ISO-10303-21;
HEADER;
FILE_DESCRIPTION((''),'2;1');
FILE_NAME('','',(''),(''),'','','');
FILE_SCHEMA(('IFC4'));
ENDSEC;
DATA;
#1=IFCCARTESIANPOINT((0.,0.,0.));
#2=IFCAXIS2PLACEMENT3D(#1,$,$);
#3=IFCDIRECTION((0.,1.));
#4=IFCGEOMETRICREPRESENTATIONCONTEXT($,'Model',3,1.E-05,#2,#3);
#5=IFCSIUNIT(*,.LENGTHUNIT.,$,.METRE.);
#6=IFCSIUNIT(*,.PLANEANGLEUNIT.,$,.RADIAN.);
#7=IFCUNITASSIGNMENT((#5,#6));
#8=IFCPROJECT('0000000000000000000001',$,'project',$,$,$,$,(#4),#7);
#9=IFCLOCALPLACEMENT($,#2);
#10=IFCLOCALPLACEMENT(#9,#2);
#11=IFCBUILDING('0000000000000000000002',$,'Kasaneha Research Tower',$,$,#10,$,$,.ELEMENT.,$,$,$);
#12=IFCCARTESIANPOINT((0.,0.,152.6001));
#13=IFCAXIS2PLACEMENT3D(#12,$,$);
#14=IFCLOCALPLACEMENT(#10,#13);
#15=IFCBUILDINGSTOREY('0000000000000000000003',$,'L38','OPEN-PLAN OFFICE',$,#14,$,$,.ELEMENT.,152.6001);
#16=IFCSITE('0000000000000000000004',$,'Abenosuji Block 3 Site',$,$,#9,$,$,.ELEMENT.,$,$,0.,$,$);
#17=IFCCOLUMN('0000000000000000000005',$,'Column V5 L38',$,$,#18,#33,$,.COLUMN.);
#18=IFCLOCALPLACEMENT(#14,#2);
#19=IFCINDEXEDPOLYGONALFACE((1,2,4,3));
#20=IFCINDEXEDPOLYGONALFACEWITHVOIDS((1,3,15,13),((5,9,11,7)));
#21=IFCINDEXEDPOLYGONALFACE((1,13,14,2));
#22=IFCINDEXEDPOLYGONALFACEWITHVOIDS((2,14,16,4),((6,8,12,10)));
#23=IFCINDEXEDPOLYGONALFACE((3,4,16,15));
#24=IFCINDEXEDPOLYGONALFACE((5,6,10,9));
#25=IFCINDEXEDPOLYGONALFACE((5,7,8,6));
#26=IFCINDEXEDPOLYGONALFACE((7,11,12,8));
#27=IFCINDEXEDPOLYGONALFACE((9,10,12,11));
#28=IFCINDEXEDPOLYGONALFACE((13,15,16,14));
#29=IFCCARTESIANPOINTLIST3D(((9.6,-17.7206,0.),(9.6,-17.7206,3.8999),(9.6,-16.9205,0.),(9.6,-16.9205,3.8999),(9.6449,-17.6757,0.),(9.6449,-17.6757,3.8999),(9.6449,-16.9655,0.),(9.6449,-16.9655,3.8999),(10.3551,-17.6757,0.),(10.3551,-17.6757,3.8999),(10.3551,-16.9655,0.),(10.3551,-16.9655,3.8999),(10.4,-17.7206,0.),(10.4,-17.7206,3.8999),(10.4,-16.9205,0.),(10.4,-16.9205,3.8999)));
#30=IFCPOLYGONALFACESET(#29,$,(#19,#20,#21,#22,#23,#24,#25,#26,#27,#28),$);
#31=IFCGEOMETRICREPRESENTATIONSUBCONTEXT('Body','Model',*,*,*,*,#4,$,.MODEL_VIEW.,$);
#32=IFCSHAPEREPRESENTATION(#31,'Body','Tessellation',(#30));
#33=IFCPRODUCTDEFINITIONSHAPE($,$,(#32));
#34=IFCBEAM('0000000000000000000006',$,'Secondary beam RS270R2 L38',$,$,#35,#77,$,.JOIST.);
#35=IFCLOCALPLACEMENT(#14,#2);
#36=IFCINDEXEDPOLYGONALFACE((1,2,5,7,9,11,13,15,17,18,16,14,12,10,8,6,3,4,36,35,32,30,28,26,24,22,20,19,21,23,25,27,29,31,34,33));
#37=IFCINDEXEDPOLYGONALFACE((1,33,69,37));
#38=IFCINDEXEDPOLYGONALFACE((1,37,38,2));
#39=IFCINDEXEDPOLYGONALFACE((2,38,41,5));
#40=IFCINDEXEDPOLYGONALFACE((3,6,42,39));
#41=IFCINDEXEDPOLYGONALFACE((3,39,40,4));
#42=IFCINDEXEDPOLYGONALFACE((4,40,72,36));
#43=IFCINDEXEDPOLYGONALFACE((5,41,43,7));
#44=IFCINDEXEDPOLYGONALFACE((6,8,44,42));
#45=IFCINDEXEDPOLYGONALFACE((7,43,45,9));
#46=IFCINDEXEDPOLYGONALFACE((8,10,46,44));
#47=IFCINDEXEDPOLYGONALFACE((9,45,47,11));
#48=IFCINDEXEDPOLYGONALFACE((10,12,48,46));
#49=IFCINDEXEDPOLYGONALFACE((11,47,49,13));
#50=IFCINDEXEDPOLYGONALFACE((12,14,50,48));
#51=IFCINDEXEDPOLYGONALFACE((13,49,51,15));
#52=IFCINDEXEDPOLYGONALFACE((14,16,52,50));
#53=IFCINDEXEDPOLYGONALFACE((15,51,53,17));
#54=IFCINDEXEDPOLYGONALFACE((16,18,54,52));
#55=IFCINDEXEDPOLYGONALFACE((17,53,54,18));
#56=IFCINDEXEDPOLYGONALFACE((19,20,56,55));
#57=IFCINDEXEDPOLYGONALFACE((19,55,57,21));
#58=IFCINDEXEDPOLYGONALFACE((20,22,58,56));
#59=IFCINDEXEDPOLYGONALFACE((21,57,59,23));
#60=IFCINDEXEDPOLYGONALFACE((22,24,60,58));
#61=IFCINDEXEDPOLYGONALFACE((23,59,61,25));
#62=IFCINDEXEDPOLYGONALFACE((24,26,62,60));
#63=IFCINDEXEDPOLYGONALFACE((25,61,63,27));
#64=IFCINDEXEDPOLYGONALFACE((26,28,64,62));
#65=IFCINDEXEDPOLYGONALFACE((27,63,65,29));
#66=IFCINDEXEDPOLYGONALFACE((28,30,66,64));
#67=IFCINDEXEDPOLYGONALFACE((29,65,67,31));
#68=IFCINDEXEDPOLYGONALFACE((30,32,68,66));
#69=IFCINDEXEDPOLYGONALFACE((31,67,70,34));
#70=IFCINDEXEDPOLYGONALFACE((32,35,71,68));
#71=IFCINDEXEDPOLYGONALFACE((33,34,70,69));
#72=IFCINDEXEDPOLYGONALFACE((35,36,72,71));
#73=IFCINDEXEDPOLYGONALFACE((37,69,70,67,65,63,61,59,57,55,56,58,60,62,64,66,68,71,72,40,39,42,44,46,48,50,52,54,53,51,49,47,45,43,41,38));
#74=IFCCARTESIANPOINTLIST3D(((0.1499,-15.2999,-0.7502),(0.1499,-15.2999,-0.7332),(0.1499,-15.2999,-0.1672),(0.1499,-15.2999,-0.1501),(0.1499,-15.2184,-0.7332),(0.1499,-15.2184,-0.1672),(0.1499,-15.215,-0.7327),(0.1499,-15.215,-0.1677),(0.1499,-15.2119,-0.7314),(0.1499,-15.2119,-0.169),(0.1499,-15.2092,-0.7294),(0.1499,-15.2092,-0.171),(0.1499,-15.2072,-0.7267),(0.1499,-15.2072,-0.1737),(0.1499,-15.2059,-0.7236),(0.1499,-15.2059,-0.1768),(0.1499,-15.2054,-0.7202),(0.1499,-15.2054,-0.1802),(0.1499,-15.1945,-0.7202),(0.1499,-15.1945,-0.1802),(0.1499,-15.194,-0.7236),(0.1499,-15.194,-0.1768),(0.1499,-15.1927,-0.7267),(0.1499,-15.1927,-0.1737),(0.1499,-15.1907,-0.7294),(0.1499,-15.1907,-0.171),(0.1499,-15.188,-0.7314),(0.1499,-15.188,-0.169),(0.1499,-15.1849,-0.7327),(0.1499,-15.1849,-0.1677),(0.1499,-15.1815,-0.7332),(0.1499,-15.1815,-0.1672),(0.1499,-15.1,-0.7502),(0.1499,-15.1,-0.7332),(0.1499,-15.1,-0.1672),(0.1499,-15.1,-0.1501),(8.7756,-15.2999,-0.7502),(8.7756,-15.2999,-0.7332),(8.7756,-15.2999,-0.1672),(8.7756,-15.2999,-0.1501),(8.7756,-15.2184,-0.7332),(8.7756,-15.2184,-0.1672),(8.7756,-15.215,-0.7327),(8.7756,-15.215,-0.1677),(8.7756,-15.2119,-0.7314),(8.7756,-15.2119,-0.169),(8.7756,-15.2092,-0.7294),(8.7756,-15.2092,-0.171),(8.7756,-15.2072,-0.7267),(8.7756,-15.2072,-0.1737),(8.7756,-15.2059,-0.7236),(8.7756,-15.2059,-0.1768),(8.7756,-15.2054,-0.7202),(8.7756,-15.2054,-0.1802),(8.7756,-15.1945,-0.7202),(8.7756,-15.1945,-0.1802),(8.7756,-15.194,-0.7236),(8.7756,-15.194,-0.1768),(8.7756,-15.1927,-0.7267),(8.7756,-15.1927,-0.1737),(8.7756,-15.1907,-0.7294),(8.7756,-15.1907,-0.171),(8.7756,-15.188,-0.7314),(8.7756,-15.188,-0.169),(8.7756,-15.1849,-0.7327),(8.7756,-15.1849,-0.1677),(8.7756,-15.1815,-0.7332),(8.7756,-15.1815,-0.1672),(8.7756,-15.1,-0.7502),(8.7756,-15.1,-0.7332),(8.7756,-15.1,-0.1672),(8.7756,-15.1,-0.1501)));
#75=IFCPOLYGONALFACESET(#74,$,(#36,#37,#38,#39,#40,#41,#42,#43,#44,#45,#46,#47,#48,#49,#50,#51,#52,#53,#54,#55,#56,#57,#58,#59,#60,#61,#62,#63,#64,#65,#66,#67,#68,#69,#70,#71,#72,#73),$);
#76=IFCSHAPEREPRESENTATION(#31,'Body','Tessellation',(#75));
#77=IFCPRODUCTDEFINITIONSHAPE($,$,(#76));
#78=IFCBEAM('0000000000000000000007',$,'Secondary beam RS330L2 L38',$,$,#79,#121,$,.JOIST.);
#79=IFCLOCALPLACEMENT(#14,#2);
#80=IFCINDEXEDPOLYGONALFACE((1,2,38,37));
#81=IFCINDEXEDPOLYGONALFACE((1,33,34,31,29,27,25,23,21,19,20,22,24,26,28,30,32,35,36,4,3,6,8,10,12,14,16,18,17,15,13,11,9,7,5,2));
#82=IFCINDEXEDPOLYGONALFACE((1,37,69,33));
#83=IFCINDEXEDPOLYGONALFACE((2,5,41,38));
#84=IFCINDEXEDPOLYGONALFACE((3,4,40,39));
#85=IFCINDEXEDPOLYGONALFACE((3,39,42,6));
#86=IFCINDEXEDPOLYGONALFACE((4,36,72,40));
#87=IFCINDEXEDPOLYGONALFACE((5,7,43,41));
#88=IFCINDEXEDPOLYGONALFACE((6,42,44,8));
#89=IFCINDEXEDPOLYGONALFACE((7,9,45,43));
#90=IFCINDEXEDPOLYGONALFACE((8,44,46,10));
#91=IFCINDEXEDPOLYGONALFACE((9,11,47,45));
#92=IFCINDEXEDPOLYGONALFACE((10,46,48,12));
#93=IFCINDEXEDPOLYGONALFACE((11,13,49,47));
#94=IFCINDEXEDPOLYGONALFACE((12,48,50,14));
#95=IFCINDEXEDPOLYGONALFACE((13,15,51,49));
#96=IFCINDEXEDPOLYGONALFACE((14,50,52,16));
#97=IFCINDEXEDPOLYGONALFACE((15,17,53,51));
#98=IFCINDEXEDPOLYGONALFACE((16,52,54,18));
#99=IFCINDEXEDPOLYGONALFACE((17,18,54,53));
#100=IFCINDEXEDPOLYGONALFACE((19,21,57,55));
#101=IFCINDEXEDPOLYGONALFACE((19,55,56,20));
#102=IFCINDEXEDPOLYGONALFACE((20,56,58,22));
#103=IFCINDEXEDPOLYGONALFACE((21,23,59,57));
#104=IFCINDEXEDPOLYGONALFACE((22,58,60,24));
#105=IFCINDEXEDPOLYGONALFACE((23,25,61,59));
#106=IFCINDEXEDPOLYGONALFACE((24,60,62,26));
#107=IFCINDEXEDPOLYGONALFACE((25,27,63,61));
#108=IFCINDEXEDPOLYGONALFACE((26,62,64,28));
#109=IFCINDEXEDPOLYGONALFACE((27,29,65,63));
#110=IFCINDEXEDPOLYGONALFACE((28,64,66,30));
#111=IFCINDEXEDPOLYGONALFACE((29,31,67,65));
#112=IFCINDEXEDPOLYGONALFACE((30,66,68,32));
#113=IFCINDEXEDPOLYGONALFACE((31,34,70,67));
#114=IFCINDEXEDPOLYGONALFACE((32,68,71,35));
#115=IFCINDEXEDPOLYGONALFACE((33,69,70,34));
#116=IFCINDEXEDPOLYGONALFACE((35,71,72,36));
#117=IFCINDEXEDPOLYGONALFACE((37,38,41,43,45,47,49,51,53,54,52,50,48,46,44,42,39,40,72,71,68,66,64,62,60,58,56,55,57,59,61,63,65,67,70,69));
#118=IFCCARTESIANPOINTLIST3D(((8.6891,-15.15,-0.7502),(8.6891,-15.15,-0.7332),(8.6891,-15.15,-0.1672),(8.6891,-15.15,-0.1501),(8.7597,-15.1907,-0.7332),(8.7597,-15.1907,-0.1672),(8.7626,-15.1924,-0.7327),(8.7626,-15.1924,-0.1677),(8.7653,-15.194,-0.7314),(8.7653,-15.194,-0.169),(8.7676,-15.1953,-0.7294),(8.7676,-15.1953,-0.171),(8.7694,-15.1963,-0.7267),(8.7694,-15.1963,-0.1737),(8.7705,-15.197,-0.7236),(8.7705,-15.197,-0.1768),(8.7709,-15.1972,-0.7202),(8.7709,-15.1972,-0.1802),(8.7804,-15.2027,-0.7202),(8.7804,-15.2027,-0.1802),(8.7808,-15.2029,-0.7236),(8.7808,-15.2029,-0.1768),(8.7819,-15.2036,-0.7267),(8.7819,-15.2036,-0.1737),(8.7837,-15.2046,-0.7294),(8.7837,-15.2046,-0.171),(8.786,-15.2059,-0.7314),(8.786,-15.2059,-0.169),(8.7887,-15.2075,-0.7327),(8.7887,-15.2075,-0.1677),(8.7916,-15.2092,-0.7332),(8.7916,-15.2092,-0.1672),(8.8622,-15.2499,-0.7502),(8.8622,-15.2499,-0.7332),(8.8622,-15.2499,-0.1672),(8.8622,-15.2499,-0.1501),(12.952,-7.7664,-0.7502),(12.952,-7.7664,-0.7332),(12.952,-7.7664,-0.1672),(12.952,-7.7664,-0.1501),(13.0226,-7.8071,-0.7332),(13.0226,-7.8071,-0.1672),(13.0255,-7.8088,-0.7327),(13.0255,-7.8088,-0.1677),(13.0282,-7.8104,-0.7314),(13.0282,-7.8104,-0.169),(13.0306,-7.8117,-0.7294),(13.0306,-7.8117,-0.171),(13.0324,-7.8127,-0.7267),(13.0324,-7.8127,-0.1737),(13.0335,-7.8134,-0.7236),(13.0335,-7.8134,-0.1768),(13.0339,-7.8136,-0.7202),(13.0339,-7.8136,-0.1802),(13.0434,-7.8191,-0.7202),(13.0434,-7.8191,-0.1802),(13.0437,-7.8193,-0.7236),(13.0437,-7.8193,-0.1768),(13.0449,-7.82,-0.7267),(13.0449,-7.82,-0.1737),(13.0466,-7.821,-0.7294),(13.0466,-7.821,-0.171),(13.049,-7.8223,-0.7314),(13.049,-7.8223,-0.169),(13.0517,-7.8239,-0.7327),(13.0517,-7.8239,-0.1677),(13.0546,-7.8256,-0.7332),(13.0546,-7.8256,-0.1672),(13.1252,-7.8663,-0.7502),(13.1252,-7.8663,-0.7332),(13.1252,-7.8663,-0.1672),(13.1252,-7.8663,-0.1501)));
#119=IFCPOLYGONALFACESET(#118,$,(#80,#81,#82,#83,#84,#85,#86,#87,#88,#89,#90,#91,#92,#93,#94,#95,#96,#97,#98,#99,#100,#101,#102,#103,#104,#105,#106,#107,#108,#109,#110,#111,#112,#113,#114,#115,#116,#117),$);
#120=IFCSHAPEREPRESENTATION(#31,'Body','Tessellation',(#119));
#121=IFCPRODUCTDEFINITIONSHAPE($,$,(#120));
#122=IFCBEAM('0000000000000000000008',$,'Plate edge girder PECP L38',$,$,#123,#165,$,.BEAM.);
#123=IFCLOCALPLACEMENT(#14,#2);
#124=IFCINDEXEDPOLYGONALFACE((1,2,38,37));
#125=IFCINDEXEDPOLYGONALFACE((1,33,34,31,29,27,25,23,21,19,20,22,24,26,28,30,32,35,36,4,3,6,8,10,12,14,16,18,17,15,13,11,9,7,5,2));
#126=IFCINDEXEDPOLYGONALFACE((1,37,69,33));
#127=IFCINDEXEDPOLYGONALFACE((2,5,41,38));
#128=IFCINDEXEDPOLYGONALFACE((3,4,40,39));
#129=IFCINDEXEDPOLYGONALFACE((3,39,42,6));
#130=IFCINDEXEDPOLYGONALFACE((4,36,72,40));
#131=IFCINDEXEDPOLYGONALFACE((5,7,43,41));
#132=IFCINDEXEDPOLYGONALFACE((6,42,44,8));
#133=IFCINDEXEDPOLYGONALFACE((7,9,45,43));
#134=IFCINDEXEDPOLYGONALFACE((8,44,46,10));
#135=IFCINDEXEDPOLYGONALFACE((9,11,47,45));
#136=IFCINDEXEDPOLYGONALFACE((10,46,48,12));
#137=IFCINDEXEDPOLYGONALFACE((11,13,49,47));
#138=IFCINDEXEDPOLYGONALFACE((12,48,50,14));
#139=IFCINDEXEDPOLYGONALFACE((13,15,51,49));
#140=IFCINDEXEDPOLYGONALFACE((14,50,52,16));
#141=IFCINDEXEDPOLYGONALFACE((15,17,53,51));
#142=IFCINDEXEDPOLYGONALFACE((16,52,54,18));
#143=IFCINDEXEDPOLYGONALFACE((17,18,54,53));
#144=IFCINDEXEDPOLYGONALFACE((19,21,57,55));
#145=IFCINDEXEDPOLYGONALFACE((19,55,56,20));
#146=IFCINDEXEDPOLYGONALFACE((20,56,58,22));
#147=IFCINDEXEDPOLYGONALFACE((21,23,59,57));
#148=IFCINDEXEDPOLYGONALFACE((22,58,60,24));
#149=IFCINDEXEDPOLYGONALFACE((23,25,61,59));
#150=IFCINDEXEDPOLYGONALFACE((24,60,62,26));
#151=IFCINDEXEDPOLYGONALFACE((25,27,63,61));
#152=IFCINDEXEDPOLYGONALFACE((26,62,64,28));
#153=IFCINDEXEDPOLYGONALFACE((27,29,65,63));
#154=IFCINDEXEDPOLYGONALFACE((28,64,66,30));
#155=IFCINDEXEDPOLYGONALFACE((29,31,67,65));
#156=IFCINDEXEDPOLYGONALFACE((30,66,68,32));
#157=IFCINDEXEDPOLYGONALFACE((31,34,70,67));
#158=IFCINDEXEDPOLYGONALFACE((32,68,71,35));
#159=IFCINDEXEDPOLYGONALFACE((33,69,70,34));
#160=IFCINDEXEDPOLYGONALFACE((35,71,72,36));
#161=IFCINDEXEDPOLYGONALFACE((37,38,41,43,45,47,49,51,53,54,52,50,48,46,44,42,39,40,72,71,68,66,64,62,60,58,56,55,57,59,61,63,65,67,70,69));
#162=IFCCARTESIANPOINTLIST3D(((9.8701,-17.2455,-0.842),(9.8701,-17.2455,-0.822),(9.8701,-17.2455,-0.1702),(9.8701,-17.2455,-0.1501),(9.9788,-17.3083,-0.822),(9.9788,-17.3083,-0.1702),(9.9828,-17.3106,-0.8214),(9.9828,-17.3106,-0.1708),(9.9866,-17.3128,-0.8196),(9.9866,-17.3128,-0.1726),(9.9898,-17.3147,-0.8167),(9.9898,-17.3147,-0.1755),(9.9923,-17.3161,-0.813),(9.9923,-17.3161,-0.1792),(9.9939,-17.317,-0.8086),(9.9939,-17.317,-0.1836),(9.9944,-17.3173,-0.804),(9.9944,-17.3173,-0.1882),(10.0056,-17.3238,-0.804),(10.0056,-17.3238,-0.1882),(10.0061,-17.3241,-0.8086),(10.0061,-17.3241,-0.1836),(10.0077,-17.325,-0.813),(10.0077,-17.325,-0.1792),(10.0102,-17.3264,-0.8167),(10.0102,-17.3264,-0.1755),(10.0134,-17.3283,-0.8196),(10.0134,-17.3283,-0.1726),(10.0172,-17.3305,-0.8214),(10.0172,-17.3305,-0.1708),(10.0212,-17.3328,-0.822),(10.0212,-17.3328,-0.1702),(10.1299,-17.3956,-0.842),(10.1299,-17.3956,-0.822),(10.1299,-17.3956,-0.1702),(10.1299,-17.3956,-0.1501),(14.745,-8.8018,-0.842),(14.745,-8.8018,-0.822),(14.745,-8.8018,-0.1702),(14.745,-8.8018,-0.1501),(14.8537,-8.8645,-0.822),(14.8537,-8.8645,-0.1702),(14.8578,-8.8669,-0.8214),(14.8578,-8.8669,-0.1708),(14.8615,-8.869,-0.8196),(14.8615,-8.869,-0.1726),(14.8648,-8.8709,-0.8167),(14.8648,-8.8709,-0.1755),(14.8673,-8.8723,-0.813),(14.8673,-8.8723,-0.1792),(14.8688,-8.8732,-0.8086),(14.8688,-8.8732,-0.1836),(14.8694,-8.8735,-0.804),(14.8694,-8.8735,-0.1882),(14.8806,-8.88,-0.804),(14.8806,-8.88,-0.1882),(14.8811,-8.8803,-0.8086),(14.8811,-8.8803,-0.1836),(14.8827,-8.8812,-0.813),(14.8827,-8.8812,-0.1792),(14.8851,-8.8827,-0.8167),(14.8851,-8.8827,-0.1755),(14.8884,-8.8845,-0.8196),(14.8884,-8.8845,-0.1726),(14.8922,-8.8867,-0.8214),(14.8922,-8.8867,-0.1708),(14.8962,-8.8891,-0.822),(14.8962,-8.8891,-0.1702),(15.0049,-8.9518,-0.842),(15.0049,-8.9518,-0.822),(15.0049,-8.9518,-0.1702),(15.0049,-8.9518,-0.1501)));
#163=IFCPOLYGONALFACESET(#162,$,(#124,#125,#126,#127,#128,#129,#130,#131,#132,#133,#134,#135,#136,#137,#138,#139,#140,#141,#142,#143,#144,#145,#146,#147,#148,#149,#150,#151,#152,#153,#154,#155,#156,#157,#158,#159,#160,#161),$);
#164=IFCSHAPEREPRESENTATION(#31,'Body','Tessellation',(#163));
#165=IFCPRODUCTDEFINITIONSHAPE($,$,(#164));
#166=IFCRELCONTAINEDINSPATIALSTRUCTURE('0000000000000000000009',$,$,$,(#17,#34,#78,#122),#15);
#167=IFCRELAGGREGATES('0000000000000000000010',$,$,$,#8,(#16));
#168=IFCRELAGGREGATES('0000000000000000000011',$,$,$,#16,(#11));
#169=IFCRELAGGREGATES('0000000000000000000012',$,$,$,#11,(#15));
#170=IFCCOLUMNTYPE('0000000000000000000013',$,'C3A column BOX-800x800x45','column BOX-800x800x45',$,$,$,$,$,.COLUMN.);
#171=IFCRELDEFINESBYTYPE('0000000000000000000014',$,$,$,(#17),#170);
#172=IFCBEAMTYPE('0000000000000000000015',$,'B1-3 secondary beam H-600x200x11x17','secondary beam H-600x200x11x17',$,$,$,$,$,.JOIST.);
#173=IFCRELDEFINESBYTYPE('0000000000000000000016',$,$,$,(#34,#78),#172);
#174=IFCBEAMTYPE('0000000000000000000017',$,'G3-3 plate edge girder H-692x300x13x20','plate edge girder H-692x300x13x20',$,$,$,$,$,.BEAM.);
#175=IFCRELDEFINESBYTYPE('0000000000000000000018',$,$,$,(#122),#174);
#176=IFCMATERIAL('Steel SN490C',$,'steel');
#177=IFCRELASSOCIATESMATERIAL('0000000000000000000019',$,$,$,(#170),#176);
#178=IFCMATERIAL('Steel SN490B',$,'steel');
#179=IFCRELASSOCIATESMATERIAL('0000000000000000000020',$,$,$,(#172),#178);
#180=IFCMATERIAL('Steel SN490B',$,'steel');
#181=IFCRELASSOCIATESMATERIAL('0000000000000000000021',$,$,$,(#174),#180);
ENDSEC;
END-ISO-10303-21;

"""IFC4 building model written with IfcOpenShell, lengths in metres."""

from ifc_helpers import new_model, si_unit, direction, frame, origin, origin_2d, place, context, subcontext, project, spatial, hollow_rectangle, i_section, extrude, material, material_profile, profile_set, type_object, element, save


model = new_model("IFC4")

# Units and contexts
model_context = context("Model", 3, precision=1e-05, world=origin(), true_north=direction((0.0, 1.0)))
body_context = subcontext(model_context, "Body", "Model", "MODEL_VIEW")
ifc_project = project(units=[si_unit("LENGTHUNIT", "METRE"), si_unit("PLANEANGLEUNIT", "RADIAN")], contexts=[model_context])

# Site, building, storey
site_placement = place(None, origin())
site = spatial("IfcSite", under=ifc_project, at=site_placement, Name="Abenosuji Block 3 Site", CompositionType="ELEMENT", RefElevation=0.0)
building_placement = place(site_placement, origin())
building = spatial("IfcBuilding", under=site, at=building_placement, Name="Kasaneha Research Tower", CompositionType="ELEMENT")
storey_placement = place(building_placement, frame((0.0, 0.0, 152.6001)))
storey = spatial("IfcBuildingStorey", under=building, at=storey_placement, Name="L38", Description="OPEN-PLAN OFFICE", CompositionType="ELEMENT", Elevation=152.6001)

# Column
ifc_material_1 = material(Name="Steel SN490C", Category="steel")
ifc_material_profile_1 = material_profile(ifc_material_1, hollow_rectangle(XDim=0.8, YDim=0.8, WallThickness=0.0449, at=origin_2d()), Name="BOX-800x800x45")
ifc_profile_set_1 = profile_set([ifc_material_profile_1], Name="Steel SN490C")
column_type = type_object("IfcColumnType", Name="C3A column BOX-800x800x45", Description="column BOX-800x800x45", PredefinedType="COLUMN", material=ifc_profile_set_1)
column_placement = place(storey_placement, frame((10.0, -17.3206, 0.0), z_axis=(0.0, 0.0, 1.0), x_axis=(1.0, 0.0, 0.0)))
element("IfcColumn", 1, at=column_placement, inside=storey, type_object=column_type, Name="Column V5 L38", PredefinedType="COLUMN", context=body_context, shape_type="SweptSolid", body=[
    extrude(hollow_rectangle(XDim=0.8, YDim=0.8, WallThickness=0.0449, at=origin_2d()), origin(), (0.0, 0.0, 1.0), 3.8999),
])

# Beams
ifc_material_2 = material(Name="Steel SN490B", Category="steel")
ifc_material_profile_2 = material_profile(ifc_material_2, i_section(OverallWidth=0.2, OverallDepth=0.6001, WebThickness=0.011, FlangeThickness=0.0171, FilletRadius=0.0129, at=origin_2d()), Name="H-600x200x11x17")
ifc_profile_set_2 = profile_set([ifc_material_profile_2], Name="Steel SN490B")
beam_type_1 = type_object("IfcBeamType", Name="B1-3 secondary beam H-600x200x11x17", Description="secondary beam H-600x200x11x17", PredefinedType="JOIST", material=ifc_profile_set_2)
beam_1_placement = place(storey_placement, frame((8.7756, -15.2, -0.4502), z_axis=(-1.0, 0.0, 0.0), x_axis=(0.0, -1.0, 0.0)))
element("IfcBeam", 2, at=beam_1_placement, inside=storey, type_object=beam_type_1, Name="Secondary beam RS270R2 L38", PredefinedType="JOIST", context=body_context, shape_type="SweptSolid", body=[
    extrude(i_section(OverallWidth=0.2, OverallDepth=0.6001, WebThickness=0.011, FlangeThickness=0.0171, FilletRadius=0.0129, at=origin_2d()), origin(), (0.0, 0.0, 1.0), 8.6257),
])
beam_2_placement = place(storey_placement, frame((8.7756, -15.2, -0.4502), z_axis=(0.500004, 0.866023, 0.0), x_axis=(-0.866023, 0.500004, 0.0)))
element("IfcBeam", 3, at=beam_2_placement, inside=storey, type_object=beam_type_1, Name="Secondary beam RS330L2 L38", PredefinedType="JOIST", context=body_context, shape_type="SweptSolid", body=[
    extrude(i_section(OverallWidth=0.2, OverallDepth=0.6001, WebThickness=0.011, FlangeThickness=0.0171, FilletRadius=0.0129, at=origin_2d()), origin(), (0.0, 0.0, 1.0), 8.5259),
])
ifc_material_3 = material(Name="Steel SN490B", Category="steel")
ifc_material_profile_3 = material_profile(ifc_material_3, i_section(OverallWidth=0.3, OverallDepth=0.6919, WebThickness=0.0129, FlangeThickness=0.02, FilletRadius=0.0181, at=origin_2d()), Name="H-692x300x13x20")
ifc_profile_set_3 = profile_set([ifc_material_profile_3], Name="Steel SN490B")
beam_type_2 = type_object("IfcBeamType", Name="G3-3 plate edge girder H-692x300x13x20", Description="plate edge girder H-692x300x13x20", PredefinedType="BEAM", material=ifc_profile_set_3)
beam_3_placement = place(storey_placement, frame((10.0, -17.3206, -0.4961), z_axis=(0.499996, 0.866028, 0.0), x_axis=(-0.866028, 0.499996, 0.0)))
element("IfcBeam", 4, at=beam_3_placement, inside=storey, type_object=beam_type_2, Name="Plate edge girder PECP L38", PredefinedType="BEAM", context=body_context, shape_type="SweptSolid", body=[
    extrude(i_section(OverallWidth=0.3, OverallDepth=0.6919, WebThickness=0.0129, FlangeThickness=0.02, FilletRadius=0.0181, at=origin_2d()), origin(), (0.0, 0.0, 1.0), 9.75),
])

save(model, "model.ifc")
